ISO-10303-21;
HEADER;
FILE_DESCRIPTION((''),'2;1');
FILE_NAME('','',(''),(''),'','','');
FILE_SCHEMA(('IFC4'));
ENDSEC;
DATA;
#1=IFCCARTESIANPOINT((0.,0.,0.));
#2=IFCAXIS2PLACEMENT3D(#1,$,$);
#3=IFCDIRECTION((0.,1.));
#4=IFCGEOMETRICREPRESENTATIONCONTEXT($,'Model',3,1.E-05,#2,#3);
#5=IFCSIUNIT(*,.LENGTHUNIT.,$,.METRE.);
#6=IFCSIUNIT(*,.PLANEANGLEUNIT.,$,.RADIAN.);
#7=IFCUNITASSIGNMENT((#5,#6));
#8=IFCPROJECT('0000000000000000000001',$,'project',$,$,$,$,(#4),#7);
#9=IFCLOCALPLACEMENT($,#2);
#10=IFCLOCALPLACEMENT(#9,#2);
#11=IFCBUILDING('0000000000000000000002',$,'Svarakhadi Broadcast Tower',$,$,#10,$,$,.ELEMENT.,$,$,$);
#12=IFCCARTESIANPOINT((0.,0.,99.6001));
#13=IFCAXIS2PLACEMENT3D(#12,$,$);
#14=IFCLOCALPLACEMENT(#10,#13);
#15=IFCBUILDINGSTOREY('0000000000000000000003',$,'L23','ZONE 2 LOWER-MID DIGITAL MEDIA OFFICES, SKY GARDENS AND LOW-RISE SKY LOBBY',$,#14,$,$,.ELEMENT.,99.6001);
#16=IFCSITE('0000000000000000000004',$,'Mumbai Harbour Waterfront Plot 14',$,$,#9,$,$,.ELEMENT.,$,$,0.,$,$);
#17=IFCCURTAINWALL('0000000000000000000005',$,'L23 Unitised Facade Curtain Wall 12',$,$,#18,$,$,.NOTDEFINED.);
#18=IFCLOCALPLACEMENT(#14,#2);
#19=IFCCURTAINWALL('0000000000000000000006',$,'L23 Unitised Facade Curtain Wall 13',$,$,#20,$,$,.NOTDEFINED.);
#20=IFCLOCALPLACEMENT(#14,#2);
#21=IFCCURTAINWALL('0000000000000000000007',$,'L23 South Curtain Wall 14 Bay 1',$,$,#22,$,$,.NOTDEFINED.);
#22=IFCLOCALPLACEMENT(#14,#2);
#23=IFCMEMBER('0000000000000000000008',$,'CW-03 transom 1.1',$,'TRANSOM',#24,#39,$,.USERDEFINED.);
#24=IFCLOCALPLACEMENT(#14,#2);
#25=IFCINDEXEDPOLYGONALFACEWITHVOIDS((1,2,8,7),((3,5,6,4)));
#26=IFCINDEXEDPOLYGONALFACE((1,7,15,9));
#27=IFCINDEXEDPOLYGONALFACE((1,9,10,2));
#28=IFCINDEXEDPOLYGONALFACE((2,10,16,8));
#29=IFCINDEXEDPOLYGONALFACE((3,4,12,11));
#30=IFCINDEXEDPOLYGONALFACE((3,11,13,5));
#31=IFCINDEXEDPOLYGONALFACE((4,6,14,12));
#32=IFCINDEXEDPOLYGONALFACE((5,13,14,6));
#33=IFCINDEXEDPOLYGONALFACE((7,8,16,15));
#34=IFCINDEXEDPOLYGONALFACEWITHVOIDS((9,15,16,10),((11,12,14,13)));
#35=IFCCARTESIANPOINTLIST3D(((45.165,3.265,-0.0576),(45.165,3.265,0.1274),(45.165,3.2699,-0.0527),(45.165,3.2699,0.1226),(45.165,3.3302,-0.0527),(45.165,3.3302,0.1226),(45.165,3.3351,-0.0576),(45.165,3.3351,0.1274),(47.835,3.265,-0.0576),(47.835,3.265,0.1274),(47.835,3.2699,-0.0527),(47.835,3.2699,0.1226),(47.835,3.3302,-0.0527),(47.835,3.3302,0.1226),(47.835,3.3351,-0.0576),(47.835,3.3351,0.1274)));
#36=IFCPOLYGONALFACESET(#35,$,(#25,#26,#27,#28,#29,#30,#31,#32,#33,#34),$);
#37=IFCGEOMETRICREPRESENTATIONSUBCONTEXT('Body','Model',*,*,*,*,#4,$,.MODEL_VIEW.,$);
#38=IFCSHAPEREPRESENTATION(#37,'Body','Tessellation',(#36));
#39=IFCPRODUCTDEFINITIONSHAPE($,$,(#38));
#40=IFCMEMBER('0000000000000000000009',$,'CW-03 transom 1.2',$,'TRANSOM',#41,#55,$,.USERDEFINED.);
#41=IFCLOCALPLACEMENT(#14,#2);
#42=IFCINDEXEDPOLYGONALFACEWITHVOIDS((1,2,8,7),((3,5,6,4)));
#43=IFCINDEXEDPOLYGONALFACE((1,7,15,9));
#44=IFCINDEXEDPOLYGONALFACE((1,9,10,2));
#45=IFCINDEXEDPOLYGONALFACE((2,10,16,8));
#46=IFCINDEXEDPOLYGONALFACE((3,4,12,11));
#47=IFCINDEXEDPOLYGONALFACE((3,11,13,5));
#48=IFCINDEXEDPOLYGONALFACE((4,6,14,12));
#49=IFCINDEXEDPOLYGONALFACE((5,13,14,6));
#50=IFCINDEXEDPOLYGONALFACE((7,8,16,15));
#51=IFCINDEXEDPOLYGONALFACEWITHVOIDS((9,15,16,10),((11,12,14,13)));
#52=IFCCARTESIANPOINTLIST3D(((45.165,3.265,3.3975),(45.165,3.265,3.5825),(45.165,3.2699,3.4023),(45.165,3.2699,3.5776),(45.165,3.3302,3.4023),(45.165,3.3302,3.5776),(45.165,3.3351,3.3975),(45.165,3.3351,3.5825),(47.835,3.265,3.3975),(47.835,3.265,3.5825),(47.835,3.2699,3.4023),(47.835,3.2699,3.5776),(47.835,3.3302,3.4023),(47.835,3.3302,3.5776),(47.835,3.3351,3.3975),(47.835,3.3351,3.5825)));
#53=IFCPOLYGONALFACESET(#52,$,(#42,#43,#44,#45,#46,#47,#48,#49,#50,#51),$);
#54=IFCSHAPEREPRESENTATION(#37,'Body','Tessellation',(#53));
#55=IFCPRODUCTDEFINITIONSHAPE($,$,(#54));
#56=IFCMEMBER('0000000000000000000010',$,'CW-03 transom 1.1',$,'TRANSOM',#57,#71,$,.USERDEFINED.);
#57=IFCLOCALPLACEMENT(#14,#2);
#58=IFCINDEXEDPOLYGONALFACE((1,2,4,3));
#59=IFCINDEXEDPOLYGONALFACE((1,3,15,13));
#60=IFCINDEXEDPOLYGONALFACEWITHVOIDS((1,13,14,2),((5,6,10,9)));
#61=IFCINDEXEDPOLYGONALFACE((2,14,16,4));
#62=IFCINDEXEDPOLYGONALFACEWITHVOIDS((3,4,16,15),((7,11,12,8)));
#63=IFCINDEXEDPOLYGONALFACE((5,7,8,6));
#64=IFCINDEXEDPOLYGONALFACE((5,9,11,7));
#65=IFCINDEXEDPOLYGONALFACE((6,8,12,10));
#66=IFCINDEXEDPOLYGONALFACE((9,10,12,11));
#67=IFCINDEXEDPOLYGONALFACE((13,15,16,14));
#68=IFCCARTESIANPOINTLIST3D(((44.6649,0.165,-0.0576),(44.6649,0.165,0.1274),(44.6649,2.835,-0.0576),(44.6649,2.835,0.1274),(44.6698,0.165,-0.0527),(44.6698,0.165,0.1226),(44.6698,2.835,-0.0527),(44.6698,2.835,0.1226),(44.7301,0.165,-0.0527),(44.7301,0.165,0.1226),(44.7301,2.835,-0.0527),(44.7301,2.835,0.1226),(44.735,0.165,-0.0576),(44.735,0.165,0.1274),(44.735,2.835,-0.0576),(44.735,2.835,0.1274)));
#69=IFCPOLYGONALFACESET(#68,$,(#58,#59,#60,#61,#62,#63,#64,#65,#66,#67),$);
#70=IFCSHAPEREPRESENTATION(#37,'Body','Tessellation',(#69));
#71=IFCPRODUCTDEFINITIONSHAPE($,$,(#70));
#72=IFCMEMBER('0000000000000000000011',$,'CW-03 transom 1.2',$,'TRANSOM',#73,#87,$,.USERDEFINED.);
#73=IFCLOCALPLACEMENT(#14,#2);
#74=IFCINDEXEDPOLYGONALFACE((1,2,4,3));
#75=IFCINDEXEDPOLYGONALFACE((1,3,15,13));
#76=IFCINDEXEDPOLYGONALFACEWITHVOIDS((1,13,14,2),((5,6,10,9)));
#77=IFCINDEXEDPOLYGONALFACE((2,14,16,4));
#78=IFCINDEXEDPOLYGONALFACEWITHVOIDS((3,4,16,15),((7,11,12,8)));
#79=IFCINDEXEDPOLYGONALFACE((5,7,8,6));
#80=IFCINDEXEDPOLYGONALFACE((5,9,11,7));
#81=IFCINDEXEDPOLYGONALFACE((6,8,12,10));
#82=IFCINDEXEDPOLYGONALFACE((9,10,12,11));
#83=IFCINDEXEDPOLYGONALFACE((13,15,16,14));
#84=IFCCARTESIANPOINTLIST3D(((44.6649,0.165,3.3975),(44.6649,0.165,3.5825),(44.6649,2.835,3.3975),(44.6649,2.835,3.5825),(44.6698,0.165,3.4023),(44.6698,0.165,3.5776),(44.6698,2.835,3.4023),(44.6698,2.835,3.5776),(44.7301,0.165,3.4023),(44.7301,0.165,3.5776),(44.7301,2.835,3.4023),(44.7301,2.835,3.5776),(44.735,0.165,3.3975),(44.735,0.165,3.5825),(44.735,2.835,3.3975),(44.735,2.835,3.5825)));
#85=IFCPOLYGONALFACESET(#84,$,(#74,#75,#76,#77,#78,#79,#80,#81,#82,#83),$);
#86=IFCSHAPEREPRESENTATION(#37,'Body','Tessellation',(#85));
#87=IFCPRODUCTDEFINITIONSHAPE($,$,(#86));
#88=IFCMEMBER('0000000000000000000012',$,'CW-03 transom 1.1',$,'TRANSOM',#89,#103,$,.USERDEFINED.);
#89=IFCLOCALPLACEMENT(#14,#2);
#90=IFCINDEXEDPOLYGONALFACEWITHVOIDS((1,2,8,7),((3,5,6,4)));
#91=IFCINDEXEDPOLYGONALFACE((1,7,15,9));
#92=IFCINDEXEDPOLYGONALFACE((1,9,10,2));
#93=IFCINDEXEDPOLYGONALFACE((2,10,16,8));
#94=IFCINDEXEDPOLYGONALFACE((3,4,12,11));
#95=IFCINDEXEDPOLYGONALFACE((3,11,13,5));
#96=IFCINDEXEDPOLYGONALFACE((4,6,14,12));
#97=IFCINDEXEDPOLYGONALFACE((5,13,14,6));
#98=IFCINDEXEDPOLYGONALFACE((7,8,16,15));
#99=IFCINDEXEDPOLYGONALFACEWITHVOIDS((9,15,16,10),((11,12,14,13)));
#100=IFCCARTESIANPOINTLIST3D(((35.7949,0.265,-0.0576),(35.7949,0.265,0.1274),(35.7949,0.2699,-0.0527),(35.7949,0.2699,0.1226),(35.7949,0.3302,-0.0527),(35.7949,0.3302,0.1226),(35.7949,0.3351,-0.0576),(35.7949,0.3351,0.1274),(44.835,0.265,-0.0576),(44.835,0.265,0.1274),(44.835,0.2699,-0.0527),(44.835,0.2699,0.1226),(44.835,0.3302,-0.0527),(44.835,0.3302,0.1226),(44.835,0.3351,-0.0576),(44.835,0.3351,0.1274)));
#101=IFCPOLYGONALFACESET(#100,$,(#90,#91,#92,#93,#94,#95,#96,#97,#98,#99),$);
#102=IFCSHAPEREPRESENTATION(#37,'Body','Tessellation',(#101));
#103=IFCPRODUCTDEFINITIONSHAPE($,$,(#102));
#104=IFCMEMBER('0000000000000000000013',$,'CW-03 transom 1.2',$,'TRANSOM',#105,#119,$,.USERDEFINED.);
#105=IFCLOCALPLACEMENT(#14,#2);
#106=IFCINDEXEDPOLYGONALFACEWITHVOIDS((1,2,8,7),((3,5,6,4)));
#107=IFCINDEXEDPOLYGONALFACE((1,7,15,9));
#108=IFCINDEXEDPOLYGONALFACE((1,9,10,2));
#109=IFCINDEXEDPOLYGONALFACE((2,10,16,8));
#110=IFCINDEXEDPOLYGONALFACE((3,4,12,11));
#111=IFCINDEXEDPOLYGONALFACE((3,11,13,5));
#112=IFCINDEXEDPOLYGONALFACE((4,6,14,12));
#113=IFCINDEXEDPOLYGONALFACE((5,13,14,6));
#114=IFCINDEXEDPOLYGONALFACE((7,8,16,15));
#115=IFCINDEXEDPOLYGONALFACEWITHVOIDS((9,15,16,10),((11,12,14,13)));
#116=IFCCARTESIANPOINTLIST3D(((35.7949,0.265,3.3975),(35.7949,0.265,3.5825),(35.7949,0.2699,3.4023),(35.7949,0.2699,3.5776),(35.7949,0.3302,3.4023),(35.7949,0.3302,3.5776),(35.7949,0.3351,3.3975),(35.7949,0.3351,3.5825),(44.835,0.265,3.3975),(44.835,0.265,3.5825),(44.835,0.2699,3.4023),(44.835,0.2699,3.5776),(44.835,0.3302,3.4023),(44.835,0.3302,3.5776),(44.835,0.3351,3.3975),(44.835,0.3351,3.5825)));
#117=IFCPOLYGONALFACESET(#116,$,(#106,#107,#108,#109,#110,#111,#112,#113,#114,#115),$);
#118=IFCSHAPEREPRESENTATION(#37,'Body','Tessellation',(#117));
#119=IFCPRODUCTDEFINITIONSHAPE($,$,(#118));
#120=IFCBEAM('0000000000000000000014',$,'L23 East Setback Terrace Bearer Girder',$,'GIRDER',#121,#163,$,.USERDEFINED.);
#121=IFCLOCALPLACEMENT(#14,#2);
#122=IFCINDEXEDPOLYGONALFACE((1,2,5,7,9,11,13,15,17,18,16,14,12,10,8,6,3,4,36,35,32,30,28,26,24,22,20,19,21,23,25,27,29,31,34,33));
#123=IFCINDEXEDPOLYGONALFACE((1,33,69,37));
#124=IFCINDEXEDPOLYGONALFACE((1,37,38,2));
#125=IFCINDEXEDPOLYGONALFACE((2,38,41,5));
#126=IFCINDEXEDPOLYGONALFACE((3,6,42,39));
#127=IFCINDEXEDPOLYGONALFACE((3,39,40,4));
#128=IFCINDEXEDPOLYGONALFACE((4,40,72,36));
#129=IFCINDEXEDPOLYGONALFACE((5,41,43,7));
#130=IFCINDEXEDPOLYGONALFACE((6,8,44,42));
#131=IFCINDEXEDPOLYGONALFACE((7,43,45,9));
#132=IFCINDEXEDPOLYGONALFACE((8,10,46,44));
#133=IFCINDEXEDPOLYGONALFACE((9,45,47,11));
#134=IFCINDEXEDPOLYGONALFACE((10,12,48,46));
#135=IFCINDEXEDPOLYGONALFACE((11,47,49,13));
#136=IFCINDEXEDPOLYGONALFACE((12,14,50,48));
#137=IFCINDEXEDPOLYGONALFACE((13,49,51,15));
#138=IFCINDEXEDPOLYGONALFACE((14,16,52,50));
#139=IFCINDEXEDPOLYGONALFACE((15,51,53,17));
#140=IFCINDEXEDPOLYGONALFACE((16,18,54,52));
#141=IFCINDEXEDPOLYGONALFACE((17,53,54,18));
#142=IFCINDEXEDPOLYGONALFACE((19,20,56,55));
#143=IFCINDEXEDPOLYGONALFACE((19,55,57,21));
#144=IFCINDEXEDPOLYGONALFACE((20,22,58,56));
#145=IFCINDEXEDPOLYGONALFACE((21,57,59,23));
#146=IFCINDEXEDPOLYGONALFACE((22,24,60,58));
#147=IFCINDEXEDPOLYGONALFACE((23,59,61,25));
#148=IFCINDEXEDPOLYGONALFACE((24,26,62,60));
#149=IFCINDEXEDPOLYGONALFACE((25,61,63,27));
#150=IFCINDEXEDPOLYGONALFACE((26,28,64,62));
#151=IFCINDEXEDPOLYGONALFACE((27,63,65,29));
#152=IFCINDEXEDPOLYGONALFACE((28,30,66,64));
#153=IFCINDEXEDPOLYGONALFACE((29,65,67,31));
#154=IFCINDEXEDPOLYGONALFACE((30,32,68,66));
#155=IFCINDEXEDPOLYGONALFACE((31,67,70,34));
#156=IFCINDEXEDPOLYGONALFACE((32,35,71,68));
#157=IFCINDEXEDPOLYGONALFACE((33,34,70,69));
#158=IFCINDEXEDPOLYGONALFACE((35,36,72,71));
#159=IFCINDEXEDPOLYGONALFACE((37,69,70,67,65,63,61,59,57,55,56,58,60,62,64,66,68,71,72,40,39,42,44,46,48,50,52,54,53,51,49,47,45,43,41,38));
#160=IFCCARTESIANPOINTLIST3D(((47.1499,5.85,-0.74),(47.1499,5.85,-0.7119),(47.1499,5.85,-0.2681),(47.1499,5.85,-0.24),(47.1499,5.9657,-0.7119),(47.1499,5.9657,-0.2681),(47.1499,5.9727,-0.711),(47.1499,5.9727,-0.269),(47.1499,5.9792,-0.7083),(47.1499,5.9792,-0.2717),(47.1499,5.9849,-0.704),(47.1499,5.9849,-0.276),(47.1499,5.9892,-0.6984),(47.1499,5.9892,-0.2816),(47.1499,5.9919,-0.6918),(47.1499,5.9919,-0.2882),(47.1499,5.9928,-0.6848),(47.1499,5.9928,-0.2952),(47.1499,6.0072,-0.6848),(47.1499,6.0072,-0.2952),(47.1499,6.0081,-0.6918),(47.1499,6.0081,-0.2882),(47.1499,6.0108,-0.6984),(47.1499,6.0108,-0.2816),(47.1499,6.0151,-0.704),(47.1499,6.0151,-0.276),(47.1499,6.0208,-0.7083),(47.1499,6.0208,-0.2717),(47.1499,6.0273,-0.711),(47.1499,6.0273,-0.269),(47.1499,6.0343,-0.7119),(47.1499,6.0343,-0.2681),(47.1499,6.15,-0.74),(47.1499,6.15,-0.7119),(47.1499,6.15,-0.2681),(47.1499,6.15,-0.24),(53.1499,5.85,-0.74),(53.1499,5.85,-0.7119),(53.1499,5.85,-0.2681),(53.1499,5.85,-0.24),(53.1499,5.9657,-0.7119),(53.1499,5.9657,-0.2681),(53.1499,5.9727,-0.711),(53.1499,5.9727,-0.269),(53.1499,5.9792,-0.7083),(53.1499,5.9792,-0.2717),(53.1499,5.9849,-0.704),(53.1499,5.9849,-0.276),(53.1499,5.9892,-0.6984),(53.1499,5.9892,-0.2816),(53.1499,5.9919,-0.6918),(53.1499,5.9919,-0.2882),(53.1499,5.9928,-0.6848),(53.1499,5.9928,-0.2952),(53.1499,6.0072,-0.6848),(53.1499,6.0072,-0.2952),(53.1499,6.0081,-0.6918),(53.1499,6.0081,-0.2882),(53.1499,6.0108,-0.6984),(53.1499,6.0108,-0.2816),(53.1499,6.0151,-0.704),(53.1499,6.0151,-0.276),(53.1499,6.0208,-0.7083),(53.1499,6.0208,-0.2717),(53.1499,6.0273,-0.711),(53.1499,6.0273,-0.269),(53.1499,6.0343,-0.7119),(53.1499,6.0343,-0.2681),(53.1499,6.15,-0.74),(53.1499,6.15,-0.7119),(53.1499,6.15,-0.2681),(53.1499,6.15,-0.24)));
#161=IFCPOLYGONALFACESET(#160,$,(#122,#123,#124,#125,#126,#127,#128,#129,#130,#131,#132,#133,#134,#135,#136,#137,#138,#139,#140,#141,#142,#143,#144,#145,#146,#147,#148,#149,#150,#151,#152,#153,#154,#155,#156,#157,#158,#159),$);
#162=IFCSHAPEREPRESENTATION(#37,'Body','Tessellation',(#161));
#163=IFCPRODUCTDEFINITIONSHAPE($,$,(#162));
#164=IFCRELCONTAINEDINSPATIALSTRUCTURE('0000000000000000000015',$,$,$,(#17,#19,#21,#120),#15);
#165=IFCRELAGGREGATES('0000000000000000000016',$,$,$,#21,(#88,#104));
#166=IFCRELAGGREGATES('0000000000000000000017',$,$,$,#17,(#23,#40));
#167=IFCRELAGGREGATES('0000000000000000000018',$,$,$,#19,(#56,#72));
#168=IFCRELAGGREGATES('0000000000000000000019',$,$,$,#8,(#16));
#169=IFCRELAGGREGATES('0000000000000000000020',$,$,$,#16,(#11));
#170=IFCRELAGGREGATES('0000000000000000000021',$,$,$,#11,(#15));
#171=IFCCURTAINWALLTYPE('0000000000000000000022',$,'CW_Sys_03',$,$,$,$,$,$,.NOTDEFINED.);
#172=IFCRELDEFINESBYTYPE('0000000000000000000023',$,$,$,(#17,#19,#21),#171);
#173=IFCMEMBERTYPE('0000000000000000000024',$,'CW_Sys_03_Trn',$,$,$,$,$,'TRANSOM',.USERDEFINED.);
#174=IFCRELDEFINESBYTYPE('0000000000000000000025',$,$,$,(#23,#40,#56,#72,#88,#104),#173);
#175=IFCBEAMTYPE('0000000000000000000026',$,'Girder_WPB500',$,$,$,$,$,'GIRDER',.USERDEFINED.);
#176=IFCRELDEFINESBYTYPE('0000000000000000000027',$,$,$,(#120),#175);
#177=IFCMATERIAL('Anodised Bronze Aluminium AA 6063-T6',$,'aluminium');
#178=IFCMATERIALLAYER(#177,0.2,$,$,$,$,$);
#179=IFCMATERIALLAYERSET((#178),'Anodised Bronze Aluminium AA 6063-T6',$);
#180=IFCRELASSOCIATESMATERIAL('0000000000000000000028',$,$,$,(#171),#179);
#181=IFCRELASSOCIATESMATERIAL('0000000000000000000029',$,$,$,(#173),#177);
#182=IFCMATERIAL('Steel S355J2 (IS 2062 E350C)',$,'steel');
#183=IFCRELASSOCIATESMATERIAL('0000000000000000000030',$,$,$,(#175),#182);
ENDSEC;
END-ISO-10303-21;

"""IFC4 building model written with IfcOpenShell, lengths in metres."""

from ifc_helpers import new_model, si_unit, direction, frame, origin, origin_2d, place, context, subcontext, project, spatial, hollow_rectangle, i_section, extrude, material, layer, layer_set, material_profile, profile_set, type_object, element, aggregate, save


model = new_model("IFC4")

# Units and contexts
model_context = context("Model", 3, precision=1e-05, world=origin(), true_north=direction((0.0, 1.0)))
body_context = subcontext(model_context, "Body", "Model", "MODEL_VIEW")
ifc_project = project(units=[si_unit("LENGTHUNIT", "METRE"), si_unit("PLANEANGLEUNIT", "RADIAN")], contexts=[model_context])

# Site, building, storey
site_placement = place(None, origin())
site = spatial("IfcSite", under=ifc_project, at=site_placement, Name="Mumbai Harbour Waterfront Plot 14", CompositionType="ELEMENT", RefElevation=0.0)
building_placement = place(site_placement, origin())
building = spatial("IfcBuilding", under=site, at=building_placement, Name="Svarakhadi Broadcast Tower", CompositionType="ELEMENT")
storey_placement = place(building_placement, frame((0.0, 0.0, 99.6001)))
storey = spatial("IfcBuildingStorey", under=building, at=storey_placement, Name="L23", Description="ZONE 2 LOWER-MID DIGITAL MEDIA OFFICES, SKY GARDENS AND LOW-RISE SKY LOBBY", CompositionType="ELEMENT", Elevation=99.6001)

# Shared definitions
ifc_material_1 = material(Name="Steel S355J2 (IS 2062 E350C)", Category="steel")

# Curtain walls
ifc_material_2 = material(Name="Anodised Bronze Aluminium AA 6063-T6", Category="aluminium")
ifc_layer_1 = layer(ifc_material_2, 0.2)
ifc_layer_set_1 = layer_set([ifc_layer_1], Name="Anodised Bronze Aluminium AA 6063-T6")
curtain_wall_type = type_object("IfcCurtainWallType", Name="CW_Sys_03", PredefinedType="NOTDEFINED", material=ifc_layer_set_1)
curtain_wall_1_placement = place(storey_placement, origin())
curtain_wall_1 = element("IfcCurtainWall", 1, at=curtain_wall_1_placement, inside=storey, type_object=curtain_wall_type, Name="L23 Unitised Facade Curtain Wall 12", PredefinedType="NOTDEFINED")
curtain_wall_2_placement = place(storey_placement, origin())
curtain_wall_2 = element("IfcCurtainWall", 2, at=curtain_wall_2_placement, inside=storey, type_object=curtain_wall_type, Name="L23 Unitised Facade Curtain Wall 13", PredefinedType="NOTDEFINED")

# Curtain wall
curtain_wall_3_placement = place(storey_placement, origin())
curtain_wall_3 = element("IfcCurtainWall", 3, at=curtain_wall_3_placement, inside=storey, type_object=curtain_wall_type, Name="L23 South Curtain Wall 14 Bay 1", PredefinedType="NOTDEFINED")

# Members
ifc_material_profile_1 = material_profile(ifc_material_2, hollow_rectangle(XDim=0.0701, YDim=0.1851, WallThickness=0.0049, at=origin_2d()), Name="ALU TRANSOM 185x70x5")
ifc_profile_set_1 = profile_set([ifc_material_profile_1], Name="Anodised Bronze Aluminium AA 6063-T6")
member_type_1 = type_object("IfcMemberType", Name="CW_Sys_03_Trn", ElementType="TRANSOM", PredefinedType="USERDEFINED", material=ifc_profile_set_1)
member_1_placement = place(storey_placement, frame((47.835, 3.3, 0.0349), z_axis=(-1.0, 0.0, 0.0), x_axis=(0.0, -1.0, 0.0)))
member_1 = element("IfcMember", 4, at=member_1_placement, type_object=member_type_1, Name="CW-03 transom 1.1", ObjectType="TRANSOM", PredefinedType="USERDEFINED", context=body_context, shape_type="SweptSolid", body=[
    extrude(hollow_rectangle(XDim=0.0701, YDim=0.1851, WallThickness=0.0049, at=origin_2d()), origin(), (0.0, 0.0, 1.0), 2.6699),
])
member_2_placement = place(storey_placement, frame((47.835, 3.3, 3.49), z_axis=(-1.0, 0.0, 0.0), x_axis=(0.0, -1.0, 0.0)))
member_2 = element("IfcMember", 5, at=member_2_placement, type_object=member_type_1, Name="CW-03 transom 1.2", ObjectType="TRANSOM", PredefinedType="USERDEFINED", context=body_context, shape_type="SweptSolid", body=[
    extrude(hollow_rectangle(XDim=0.0701, YDim=0.1851, WallThickness=0.0049, at=origin_2d()), origin(), (0.0, 0.0, 1.0), 2.6699),
])
member_3_placement = place(storey_placement, frame((44.7, 2.835, 0.0349), z_axis=(0.0, -1.0, 0.0), x_axis=(1.0, 0.0, 0.0)))
member_3 = element("IfcMember", 6, at=member_3_placement, type_object=member_type_1, Name="CW-03 transom 1.1", ObjectType="TRANSOM", PredefinedType="USERDEFINED", context=body_context, shape_type="SweptSolid", body=[
    extrude(hollow_rectangle(XDim=0.0701, YDim=0.1851, WallThickness=0.0049, at=origin_2d()), origin(), (0.0, 0.0, 1.0), 2.6699),
])
member_4_placement = place(storey_placement, frame((44.7, 2.835, 3.49), z_axis=(0.0, -1.0, 0.0), x_axis=(1.0, 0.0, 0.0)))
member_4 = element("IfcMember", 7, at=member_4_placement, type_object=member_type_1, Name="CW-03 transom 1.2", ObjectType="TRANSOM", PredefinedType="USERDEFINED", context=body_context, shape_type="SweptSolid", body=[
    extrude(hollow_rectangle(XDim=0.0701, YDim=0.1851, WallThickness=0.0049, at=origin_2d()), origin(), (0.0, 0.0, 1.0), 2.6699),
])
member_5_placement = place(storey_placement, frame((44.835, 0.3, 0.0349), z_axis=(-1.0, 0.0, 0.0), x_axis=(0.0, -1.0, 0.0)))
member_5 = element("IfcMember", 8, at=member_5_placement, type_object=member_type_1, Name="CW-03 transom 1.1", ObjectType="TRANSOM", PredefinedType="USERDEFINED", context=body_context, shape_type="SweptSolid", body=[
    extrude(hollow_rectangle(XDim=0.0701, YDim=0.1851, WallThickness=0.0049, at=origin_2d()), origin(), (0.0, 0.0, 1.0), 9.04),
])
member_6_placement = place(storey_placement, frame((44.835, 0.3, 3.49), z_axis=(-1.0, 0.0, 0.0), x_axis=(0.0, -1.0, 0.0)))
member_6 = element("IfcMember", 9, at=member_6_placement, type_object=member_type_1, Name="CW-03 transom 1.2", ObjectType="TRANSOM", PredefinedType="USERDEFINED", context=body_context, shape_type="SweptSolid", body=[
    extrude(hollow_rectangle(XDim=0.0701, YDim=0.1851, WallThickness=0.0049, at=origin_2d()), origin(), (0.0, 0.0, 1.0), 9.04),
])
aggregate(curtain_wall_3, [member_5, member_6])

# Beam
ifc_material_profile_2 = material_profile(ifc_material_1, i_section(OverallWidth=0.3, OverallDepth=0.5, WebThickness=0.0144, FlangeThickness=0.0281, FilletRadius=0.0271, at=origin_2d()), Name="WPB 500x300x187")
ifc_profile_set_2 = profile_set([ifc_material_profile_2], Name="Steel S355J2 (IS 2062 E350C)")
beam_type_1 = type_object("IfcBeamType", Name="Girder_WPB500", ElementType="GIRDER", PredefinedType="USERDEFINED", material=ifc_profile_set_2)
for number, where, z_axis, x_axis, name in (
    (10, (47.1499, 6.0, -0.49), (1.0, 0.0, 0.0), (0.0, 1.0, 0.0), "L23 East Setback Terrace Bearer Girder"),
):
    element("IfcBeam", number, at=place(storey_placement, frame(where, z_axis=z_axis, x_axis=x_axis)), inside=storey, type_object=beam_type_1, Name=name, ObjectType="GIRDER", PredefinedType="USERDEFINED", context=body_context, shape_type="SweptSolid", body=[
        extrude(i_section(OverallWidth=0.3, OverallDepth=0.5, WebThickness=0.0144, FlangeThickness=0.0281, FilletRadius=0.0271, at=origin_2d()), origin(), (0.0, 0.0, 1.0), 6.0),
    ])

aggregate(curtain_wall_1, [member_1, member_2])
aggregate(curtain_wall_2, [member_3, member_4])

save(model, "model.ifc")
